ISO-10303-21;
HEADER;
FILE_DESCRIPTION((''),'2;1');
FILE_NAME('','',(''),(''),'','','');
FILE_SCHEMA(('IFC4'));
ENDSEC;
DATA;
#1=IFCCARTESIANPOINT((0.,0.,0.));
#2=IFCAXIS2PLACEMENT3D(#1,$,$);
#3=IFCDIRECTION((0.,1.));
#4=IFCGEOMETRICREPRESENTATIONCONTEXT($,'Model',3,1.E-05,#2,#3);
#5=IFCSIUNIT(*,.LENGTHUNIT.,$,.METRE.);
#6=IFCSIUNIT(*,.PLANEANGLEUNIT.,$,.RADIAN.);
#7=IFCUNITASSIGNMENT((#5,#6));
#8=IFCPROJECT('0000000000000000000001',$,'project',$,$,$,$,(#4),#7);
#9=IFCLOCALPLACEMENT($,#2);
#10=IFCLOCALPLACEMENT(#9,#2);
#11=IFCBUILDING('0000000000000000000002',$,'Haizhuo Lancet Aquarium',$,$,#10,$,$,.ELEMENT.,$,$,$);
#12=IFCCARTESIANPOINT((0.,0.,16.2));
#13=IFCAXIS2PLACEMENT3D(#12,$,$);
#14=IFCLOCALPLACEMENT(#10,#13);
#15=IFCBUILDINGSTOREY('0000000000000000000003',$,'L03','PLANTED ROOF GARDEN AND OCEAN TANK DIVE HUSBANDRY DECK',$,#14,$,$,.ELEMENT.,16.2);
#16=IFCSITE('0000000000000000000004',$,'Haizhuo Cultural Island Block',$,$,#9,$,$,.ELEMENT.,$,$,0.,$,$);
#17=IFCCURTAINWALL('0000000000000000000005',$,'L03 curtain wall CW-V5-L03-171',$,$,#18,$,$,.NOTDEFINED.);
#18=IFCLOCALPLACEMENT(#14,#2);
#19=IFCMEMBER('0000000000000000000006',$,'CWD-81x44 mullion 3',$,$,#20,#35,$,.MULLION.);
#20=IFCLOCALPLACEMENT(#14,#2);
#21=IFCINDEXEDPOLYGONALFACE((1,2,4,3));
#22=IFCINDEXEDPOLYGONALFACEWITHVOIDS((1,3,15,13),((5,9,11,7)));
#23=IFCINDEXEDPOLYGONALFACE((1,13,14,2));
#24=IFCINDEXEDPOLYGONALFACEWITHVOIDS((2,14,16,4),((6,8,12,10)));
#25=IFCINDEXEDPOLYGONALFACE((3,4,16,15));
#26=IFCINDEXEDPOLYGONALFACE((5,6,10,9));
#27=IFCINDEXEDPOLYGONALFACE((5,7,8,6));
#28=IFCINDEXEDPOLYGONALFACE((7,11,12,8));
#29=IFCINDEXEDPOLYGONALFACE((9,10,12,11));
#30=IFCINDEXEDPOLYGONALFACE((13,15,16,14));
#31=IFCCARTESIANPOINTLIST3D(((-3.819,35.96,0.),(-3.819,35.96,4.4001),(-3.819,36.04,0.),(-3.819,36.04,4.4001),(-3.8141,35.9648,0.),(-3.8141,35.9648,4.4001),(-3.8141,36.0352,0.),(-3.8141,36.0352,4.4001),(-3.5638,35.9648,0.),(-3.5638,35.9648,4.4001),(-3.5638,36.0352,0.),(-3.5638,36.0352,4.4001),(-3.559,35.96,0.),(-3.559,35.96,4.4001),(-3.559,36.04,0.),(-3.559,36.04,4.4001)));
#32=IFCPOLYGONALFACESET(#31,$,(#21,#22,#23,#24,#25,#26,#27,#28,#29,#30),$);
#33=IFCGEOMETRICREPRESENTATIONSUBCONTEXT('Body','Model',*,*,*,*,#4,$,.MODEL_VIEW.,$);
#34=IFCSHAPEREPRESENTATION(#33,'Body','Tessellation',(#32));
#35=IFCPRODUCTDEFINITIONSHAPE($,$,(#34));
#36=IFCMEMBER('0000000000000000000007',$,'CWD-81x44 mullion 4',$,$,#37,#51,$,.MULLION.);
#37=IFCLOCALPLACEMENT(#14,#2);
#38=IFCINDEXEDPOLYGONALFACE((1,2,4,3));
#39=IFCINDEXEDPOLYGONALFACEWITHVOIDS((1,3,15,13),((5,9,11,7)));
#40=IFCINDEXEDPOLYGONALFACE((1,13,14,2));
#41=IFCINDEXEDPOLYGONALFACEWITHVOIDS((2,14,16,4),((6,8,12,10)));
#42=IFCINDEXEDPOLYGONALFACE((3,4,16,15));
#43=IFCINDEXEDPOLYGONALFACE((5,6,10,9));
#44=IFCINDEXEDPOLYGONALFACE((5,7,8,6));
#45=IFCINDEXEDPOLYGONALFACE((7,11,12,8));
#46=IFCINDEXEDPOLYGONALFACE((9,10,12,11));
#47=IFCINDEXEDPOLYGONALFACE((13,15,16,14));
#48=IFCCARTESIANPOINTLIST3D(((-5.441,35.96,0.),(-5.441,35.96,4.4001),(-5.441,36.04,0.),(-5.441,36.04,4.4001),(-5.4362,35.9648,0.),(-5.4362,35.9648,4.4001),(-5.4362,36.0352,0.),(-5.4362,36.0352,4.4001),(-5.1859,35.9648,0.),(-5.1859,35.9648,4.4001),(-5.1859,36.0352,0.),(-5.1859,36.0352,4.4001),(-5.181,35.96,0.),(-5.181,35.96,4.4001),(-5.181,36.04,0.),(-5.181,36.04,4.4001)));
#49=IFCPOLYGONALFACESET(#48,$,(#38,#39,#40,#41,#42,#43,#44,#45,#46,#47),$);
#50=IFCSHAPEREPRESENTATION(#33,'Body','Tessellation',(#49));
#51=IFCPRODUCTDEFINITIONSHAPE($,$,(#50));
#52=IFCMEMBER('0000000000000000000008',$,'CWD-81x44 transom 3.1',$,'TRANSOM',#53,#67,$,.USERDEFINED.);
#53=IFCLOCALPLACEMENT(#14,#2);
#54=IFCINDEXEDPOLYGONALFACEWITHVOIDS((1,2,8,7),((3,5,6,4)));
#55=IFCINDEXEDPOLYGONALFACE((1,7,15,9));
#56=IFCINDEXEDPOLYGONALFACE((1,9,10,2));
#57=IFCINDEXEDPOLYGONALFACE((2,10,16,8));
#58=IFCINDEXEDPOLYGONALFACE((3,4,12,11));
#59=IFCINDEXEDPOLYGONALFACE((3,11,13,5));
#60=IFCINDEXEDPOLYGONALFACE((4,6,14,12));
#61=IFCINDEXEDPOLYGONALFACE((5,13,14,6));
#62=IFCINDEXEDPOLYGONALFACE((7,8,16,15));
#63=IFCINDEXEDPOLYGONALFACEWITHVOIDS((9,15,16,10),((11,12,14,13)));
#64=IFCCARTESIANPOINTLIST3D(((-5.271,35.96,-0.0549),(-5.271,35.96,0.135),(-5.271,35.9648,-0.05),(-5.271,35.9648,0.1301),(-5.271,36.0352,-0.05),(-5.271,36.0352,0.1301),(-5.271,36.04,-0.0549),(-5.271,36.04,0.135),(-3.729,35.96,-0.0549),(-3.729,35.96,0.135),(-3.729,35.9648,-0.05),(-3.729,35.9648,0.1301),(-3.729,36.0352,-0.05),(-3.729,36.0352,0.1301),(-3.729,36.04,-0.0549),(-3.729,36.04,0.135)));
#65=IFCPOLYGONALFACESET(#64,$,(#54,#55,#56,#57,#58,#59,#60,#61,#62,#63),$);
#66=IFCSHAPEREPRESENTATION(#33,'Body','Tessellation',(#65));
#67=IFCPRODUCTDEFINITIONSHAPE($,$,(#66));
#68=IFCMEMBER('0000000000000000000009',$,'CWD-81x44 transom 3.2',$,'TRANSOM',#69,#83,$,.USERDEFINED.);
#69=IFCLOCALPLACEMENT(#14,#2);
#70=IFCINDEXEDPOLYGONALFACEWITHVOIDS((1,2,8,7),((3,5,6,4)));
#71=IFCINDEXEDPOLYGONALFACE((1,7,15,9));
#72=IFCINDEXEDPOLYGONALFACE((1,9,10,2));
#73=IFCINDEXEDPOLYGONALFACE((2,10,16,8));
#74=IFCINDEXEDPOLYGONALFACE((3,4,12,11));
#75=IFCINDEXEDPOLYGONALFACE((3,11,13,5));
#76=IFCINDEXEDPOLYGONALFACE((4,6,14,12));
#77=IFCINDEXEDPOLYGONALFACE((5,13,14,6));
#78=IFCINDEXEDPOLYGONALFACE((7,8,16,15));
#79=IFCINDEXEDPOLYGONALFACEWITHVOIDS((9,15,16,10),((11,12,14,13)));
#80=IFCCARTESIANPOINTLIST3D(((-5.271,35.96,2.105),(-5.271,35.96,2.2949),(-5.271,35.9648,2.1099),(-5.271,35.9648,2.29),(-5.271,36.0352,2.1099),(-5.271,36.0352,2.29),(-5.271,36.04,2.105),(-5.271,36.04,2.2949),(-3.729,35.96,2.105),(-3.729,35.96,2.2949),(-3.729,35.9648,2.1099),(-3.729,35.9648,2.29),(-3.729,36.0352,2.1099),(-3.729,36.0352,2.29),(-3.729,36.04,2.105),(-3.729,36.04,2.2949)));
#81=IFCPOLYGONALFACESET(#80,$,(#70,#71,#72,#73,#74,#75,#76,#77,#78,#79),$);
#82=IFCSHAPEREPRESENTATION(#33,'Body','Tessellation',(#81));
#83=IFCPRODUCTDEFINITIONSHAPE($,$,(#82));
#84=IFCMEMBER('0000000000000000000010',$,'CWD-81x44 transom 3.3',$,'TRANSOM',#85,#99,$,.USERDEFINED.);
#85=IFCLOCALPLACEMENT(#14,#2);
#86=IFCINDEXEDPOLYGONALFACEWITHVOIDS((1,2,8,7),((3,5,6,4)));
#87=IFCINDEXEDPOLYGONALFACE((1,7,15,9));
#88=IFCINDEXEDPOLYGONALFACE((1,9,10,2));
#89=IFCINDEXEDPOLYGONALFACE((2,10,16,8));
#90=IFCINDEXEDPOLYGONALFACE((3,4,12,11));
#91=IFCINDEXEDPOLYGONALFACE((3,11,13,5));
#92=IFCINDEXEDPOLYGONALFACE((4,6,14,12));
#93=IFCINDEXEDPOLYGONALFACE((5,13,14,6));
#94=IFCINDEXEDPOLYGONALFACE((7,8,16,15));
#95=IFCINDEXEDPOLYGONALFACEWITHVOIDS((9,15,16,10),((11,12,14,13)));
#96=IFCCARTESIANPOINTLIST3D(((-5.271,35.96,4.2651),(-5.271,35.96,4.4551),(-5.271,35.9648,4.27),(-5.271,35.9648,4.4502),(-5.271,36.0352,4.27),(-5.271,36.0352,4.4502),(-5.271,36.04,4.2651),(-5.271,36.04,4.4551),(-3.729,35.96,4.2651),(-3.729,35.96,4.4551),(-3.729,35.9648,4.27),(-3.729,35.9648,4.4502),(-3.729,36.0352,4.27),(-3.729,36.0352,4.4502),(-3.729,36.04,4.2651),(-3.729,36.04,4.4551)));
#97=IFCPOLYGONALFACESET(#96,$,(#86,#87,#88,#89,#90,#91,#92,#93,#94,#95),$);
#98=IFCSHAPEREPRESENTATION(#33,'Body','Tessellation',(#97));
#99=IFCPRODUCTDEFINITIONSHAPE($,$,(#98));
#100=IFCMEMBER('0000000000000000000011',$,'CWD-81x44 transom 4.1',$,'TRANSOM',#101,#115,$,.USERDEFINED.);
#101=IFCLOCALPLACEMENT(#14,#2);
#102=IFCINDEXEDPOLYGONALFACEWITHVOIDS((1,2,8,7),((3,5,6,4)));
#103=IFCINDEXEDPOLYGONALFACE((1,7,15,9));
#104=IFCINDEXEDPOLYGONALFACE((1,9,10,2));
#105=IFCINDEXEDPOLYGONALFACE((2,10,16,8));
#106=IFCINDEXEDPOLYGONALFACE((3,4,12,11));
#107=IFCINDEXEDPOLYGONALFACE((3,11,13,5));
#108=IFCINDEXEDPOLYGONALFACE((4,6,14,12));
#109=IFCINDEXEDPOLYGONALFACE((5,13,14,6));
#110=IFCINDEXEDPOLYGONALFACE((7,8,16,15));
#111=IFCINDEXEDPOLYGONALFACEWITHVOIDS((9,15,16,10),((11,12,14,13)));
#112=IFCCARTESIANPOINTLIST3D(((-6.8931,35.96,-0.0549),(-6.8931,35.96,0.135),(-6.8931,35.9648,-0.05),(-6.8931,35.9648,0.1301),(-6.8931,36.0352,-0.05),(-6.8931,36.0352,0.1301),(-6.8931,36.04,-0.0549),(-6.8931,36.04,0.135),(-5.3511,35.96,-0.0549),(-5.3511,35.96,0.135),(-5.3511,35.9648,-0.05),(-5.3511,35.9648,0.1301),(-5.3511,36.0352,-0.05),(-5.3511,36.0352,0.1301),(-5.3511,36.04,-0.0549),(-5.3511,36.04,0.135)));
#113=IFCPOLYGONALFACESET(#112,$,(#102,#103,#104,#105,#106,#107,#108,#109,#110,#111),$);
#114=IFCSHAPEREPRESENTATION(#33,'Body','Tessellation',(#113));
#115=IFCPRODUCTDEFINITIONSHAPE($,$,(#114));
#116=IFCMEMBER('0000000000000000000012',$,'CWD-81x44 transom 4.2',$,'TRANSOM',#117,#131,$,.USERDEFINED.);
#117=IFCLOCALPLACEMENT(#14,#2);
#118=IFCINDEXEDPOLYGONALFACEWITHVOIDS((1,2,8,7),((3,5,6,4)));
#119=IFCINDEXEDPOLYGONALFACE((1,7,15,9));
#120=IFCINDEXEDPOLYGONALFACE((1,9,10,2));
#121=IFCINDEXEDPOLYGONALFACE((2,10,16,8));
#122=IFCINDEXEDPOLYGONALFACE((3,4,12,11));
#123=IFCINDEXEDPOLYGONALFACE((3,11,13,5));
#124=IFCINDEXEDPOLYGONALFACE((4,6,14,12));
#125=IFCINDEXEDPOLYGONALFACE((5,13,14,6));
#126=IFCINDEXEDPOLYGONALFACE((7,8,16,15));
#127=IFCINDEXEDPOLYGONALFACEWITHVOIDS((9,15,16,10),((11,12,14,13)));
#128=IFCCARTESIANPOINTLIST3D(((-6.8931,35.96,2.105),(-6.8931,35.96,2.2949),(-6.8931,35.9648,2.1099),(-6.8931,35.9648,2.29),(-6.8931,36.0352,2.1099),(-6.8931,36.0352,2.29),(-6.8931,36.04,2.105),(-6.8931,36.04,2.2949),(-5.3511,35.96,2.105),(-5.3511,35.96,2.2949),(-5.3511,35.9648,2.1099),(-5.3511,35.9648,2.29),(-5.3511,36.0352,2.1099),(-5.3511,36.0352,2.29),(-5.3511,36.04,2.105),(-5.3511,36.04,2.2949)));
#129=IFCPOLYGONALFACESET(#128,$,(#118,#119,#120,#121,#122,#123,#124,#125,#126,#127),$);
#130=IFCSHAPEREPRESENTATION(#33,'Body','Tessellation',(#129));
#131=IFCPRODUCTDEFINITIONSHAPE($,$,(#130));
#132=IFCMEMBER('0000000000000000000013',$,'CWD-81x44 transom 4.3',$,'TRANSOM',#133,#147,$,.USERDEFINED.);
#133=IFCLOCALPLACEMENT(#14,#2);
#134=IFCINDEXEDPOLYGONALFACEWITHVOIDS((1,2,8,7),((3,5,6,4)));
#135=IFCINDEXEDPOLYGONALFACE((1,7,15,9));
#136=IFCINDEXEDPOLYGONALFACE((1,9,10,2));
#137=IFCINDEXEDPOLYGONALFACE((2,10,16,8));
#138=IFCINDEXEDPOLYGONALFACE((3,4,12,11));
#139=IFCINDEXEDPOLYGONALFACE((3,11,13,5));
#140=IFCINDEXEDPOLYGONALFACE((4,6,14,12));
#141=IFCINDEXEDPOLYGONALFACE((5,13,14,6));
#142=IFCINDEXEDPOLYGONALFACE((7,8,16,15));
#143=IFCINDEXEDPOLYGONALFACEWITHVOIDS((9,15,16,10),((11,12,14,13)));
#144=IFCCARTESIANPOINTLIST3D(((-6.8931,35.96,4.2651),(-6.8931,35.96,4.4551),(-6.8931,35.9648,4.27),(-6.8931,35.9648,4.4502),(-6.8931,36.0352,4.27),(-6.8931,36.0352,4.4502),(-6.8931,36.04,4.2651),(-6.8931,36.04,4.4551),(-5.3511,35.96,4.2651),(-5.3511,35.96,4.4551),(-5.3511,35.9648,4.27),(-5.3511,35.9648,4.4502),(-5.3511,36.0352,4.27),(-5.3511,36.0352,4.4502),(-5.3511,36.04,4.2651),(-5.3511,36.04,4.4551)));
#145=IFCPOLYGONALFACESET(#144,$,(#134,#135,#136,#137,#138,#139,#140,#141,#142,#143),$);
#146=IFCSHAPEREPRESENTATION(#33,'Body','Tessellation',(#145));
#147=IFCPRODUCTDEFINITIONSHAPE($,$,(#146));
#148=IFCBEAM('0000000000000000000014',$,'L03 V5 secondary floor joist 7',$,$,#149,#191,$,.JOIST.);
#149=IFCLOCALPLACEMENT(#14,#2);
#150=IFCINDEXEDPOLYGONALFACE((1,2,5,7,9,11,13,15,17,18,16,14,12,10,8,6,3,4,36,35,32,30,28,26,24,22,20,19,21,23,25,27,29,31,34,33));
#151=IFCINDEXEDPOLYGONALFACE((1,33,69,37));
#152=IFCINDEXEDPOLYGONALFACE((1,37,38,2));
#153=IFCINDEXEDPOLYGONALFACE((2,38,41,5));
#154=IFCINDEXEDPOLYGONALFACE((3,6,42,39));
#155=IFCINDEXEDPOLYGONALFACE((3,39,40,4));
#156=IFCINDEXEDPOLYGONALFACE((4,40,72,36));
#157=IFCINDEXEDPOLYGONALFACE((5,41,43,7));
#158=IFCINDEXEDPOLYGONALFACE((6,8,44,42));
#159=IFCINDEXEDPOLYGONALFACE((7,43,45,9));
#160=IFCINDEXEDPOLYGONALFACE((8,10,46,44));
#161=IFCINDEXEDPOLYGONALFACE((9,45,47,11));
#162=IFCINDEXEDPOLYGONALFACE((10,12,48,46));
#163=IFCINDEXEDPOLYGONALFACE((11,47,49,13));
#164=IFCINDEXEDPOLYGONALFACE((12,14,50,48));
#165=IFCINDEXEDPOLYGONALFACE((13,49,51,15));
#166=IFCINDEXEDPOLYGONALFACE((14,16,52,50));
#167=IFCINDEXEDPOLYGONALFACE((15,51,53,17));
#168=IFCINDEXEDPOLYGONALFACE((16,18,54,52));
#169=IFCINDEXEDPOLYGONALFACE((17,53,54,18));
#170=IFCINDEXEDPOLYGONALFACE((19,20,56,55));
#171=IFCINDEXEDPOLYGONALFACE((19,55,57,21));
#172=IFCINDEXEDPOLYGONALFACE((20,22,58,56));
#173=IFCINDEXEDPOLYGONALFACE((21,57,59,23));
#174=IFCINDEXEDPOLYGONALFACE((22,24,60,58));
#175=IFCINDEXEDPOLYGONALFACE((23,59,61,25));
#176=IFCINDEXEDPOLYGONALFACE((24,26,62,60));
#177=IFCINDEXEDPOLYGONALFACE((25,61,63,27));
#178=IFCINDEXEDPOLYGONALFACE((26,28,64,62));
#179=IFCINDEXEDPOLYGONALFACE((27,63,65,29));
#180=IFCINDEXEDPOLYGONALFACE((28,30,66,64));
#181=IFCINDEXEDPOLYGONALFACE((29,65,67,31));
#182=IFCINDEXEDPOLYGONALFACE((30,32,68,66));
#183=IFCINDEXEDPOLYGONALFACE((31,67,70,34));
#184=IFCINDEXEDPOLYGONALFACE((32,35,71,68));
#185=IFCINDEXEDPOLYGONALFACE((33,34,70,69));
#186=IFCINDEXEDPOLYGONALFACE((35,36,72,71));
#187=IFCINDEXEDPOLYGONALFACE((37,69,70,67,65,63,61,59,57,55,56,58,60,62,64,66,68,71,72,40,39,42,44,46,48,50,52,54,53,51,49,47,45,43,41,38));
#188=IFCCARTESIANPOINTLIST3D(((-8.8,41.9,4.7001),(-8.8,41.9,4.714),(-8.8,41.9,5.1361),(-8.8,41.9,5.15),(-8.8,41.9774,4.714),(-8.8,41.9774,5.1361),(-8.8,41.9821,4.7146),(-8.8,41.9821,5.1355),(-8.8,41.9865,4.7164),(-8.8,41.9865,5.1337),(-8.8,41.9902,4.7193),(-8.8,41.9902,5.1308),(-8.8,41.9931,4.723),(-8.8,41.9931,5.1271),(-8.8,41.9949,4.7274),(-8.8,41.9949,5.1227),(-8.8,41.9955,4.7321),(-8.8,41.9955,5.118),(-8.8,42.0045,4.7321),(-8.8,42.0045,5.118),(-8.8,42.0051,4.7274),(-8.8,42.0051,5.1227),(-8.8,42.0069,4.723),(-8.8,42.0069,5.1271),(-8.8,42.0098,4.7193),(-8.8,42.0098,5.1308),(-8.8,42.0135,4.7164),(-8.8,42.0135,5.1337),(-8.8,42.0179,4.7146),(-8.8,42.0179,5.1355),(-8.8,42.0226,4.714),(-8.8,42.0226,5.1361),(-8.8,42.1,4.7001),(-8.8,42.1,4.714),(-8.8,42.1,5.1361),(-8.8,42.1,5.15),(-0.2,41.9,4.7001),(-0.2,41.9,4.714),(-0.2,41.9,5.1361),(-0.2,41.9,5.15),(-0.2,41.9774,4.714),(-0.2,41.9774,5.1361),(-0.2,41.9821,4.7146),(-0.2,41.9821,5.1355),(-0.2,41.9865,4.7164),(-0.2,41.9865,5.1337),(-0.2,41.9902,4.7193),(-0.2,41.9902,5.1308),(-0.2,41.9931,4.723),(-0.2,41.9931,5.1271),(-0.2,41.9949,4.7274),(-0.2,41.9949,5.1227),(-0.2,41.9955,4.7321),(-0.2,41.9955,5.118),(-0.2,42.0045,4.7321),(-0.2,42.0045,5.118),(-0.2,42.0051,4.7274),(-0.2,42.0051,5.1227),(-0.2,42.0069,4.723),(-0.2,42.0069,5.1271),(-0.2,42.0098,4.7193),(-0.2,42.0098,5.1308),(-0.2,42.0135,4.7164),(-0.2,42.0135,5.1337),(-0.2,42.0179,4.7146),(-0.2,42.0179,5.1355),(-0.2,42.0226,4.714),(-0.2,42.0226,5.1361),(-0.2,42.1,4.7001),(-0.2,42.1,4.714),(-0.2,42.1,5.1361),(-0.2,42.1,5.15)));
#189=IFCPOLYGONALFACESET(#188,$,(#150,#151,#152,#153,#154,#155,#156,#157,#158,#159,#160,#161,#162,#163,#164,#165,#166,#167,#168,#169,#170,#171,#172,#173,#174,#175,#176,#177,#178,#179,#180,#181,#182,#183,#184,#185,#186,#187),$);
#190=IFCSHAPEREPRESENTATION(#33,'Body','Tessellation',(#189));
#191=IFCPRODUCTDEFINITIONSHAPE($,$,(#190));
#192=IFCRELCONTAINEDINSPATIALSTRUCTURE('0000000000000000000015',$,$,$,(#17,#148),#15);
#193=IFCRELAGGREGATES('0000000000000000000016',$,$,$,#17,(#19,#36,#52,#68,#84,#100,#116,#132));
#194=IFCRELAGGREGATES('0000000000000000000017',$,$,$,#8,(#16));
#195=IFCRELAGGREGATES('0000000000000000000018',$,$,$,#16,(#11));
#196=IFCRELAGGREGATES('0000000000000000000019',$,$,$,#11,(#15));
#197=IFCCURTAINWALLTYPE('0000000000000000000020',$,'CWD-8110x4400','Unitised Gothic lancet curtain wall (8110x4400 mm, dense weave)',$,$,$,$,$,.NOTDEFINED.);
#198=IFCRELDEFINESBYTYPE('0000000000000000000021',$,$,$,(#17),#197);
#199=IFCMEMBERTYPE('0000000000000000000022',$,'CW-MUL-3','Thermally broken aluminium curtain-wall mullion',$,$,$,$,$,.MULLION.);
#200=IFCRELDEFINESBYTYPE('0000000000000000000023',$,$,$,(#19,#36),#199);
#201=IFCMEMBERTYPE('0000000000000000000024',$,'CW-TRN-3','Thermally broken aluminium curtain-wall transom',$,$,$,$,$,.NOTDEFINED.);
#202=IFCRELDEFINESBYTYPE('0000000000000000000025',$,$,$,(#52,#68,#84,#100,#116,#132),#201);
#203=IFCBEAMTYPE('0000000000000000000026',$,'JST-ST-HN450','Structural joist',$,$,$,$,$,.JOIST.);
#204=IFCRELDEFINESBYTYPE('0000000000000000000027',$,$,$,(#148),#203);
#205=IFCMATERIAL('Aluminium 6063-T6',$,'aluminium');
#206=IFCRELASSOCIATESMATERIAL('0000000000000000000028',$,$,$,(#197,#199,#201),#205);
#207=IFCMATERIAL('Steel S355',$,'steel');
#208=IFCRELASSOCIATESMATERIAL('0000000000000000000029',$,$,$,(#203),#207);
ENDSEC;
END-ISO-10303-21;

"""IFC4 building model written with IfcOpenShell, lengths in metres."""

from ifc_helpers import new_model, si_unit, direction, frame, origin, origin_2d, place, context, subcontext, project, spatial, hollow_rectangle, i_section, extrude, material, material_profile, profile_set, type_object, element, aggregate, save


model = new_model("IFC4")

# Units and contexts
model_context = context("Model", 3, precision=1e-05, world=origin(), true_north=direction((0.0, 1.0)))
body_context = subcontext(model_context, "Body", "Model", "MODEL_VIEW")
ifc_project = project(units=[si_unit("LENGTHUNIT", "METRE"), si_unit("PLANEANGLEUNIT", "RADIAN")], contexts=[model_context])

# Site, building, storey
site_placement = place(None, origin())
site = spatial("IfcSite", under=ifc_project, at=site_placement, Name="Haizhuo Cultural Island Block", CompositionType="ELEMENT", RefElevation=0.0)
building_placement = place(site_placement, origin())
building = spatial("IfcBuilding", under=site, at=building_placement, Name="Haizhuo Lancet Aquarium", CompositionType="ELEMENT")
storey_placement = place(building_placement, frame((0.0, 0.0, 16.2)))
storey = spatial("IfcBuildingStorey", under=building, at=storey_placement, Name="L03", Description="PLANTED ROOF GARDEN AND OCEAN TANK DIVE HUSBANDRY DECK", CompositionType="ELEMENT", Elevation=16.2)

# Curtain wall, members
ifc_material_1 = material(Name="Aluminium 6063-T6", Category="aluminium")
curtain_wall_type = type_object("IfcCurtainWallType", Name="CWD-8110x4400", Description="Unitised Gothic lancet curtain wall (8110x4400 mm, dense weave)", PredefinedType="NOTDEFINED", material=ifc_material_1)
curtain_wall_placement = place(storey_placement, origin())
curtain_wall = element("IfcCurtainWall", 1, at=curtain_wall_placement, inside=storey, type_object=curtain_wall_type, Name="L03 curtain wall CW-V5-L03-171", PredefinedType="NOTDEFINED")
ifc_material_profile_1 = material_profile(ifc_material_1, hollow_rectangle(XDim=0.0801, YDim=0.26, WallThickness=0.0049, at=origin_2d()), Name="ALU-M 80x260x5")
ifc_profile_set_1 = profile_set([ifc_material_profile_1], Name="Aluminium 6063-T6")
member_type_1 = type_object("IfcMemberType", Name="CW-MUL-3", Description="Thermally broken aluminium curtain-wall mullion", PredefinedType="MULLION", material=ifc_profile_set_1)
member_1_placement = place(storey_placement, frame((-3.689, 36.0, 0.0), z_axis=(0.0, 0.0, 1.0), x_axis=(0.0, -1.0, 0.0)))
member_1 = element("IfcMember", 2, at=member_1_placement, type_object=member_type_1, Name="CWD-81x44 mullion 3", PredefinedType="MULLION", context=body_context, shape_type="SweptSolid", body=[
    extrude(hollow_rectangle(XDim=0.0801, YDim=0.26, WallThickness=0.0049, at=origin_2d()), origin(), (0.0, 0.0, 1.0), 4.4001),
])
member_2_placement = place(storey_placement, frame((-5.311, 36.0, 0.0), z_axis=(0.0, 0.0, 1.0), x_axis=(0.0, -1.0, 0.0)))
member_2 = element("IfcMember", 3, at=member_2_placement, type_object=member_type_1, Name="CWD-81x44 mullion 4", PredefinedType="MULLION", context=body_context, shape_type="SweptSolid", body=[
    extrude(hollow_rectangle(XDim=0.0801, YDim=0.26, WallThickness=0.0049, at=origin_2d()), origin(), (0.0, 0.0, 1.0), 4.4001),
])
ifc_material_profile_2 = material_profile(ifc_material_1, hollow_rectangle(XDim=0.0801, YDim=0.1899, WallThickness=0.0049, at=origin_2d()), Name="ALU-T 80x190x5")
ifc_profile_set_2 = profile_set([ifc_material_profile_2], Name="Aluminium 6063-T6")
member_type_2 = type_object("IfcMemberType", Name="CW-TRN-3", Description="Thermally broken aluminium curtain-wall transom", PredefinedType="NOTDEFINED", material=ifc_profile_set_2)
member_3_placement = place(storey_placement, frame((-3.729, 36.0, 0.04), z_axis=(-1.0, 0.0, 0.0), x_axis=(0.0, -1.0, 0.0)))
member_3 = element("IfcMember", 4, at=member_3_placement, type_object=member_type_2, Name="CWD-81x44 transom 3.1", ObjectType="TRANSOM", PredefinedType="USERDEFINED", context=body_context, shape_type="SweptSolid", body=[
    extrude(hollow_rectangle(XDim=0.0801, YDim=0.1899, WallThickness=0.0049, at=origin_2d()), origin(), (0.0, 0.0, 1.0), 1.542),
])
member_4_placement = place(storey_placement, frame((-3.729, 36.0, 2.2), z_axis=(-1.0, 0.0, 0.0), x_axis=(0.0, -1.0, 0.0)))
member_4 = element("IfcMember", 5, at=member_4_placement, type_object=member_type_2, Name="CWD-81x44 transom 3.2", ObjectType="TRANSOM", PredefinedType="USERDEFINED", context=body_context, shape_type="SweptSolid", body=[
    extrude(hollow_rectangle(XDim=0.0801, YDim=0.1899, WallThickness=0.0049, at=origin_2d()), origin(), (0.0, 0.0, 1.0), 1.542),
])
member_5_placement = place(storey_placement, frame((-3.729, 36.0, 4.3601), z_axis=(-1.0, 0.0, 0.0), x_axis=(0.0, -1.0, 0.0)))
member_5 = element("IfcMember", 6, at=member_5_placement, type_object=member_type_2, Name="CWD-81x44 transom 3.3", ObjectType="TRANSOM", PredefinedType="USERDEFINED", context=body_context, shape_type="SweptSolid", body=[
    extrude(hollow_rectangle(XDim=0.0801, YDim=0.1899, WallThickness=0.0049, at=origin_2d()), origin(), (0.0, 0.0, 1.0), 1.542),
])
member_6_placement = place(storey_placement, frame((-5.3511, 36.0, 0.04), z_axis=(-1.0, 0.0, 0.0), x_axis=(0.0, -1.0, 0.0)))
member_6 = element("IfcMember", 7, at=member_6_placement, type_object=member_type_2, Name="CWD-81x44 transom 4.1", ObjectType="TRANSOM", PredefinedType="USERDEFINED", context=body_context, shape_type="SweptSolid", body=[
    extrude(hollow_rectangle(XDim=0.0801, YDim=0.1899, WallThickness=0.0049, at=origin_2d()), origin(), (0.0, 0.0, 1.0), 1.542),
])
member_7_placement = place(storey_placement, frame((-5.3511, 36.0, 2.2), z_axis=(-1.0, 0.0, 0.0), x_axis=(0.0, -1.0, 0.0)))
member_7 = element("IfcMember", 8, at=member_7_placement, type_object=member_type_2, Name="CWD-81x44 transom 4.2", ObjectType="TRANSOM", PredefinedType="USERDEFINED", context=body_context, shape_type="SweptSolid", body=[
    extrude(hollow_rectangle(XDim=0.0801, YDim=0.1899, WallThickness=0.0049, at=origin_2d()), origin(), (0.0, 0.0, 1.0), 1.542),
])
member_8_placement = place(storey_placement, frame((-5.3511, 36.0, 4.3601), z_axis=(-1.0, 0.0, 0.0), x_axis=(0.0, -1.0, 0.0)))
member_8 = element("IfcMember", 9, at=member_8_placement, type_object=member_type_2, Name="CWD-81x44 transom 4.3", ObjectType="TRANSOM", PredefinedType="USERDEFINED", context=body_context, shape_type="SweptSolid", body=[
    extrude(hollow_rectangle(XDim=0.0801, YDim=0.1899, WallThickness=0.0049, at=origin_2d()), origin(), (0.0, 0.0, 1.0), 1.542),
])

# Beam
ifc_material_2 = material(Name="Steel S355", Category="steel")
ifc_material_profile_3 = material_profile(ifc_material_2, i_section(OverallWidth=0.2, OverallDepth=0.45, WebThickness=0.009, FlangeThickness=0.0139, FilletRadius=0.0181, at=origin_2d()), Name="HN 450x200x9x14")
ifc_profile_set_3 = profile_set([ifc_material_profile_3], Name="Steel S355")
beam_type_1 = type_object("IfcBeamType", Name="JST-ST-HN450", Description="Structural joist", PredefinedType="JOIST", material=ifc_profile_set_3)
beam_1_placement = place(storey_placement, frame((-8.8, 42.0, 4.925), z_axis=(1.0, 0.0, 0.0), x_axis=(0.0, 1.0, 0.0)))
element("IfcBeam", 10, at=beam_1_placement, inside=storey, type_object=beam_type_1, Name="L03 V5 secondary floor joist 7", PredefinedType="JOIST", context=body_context, shape_type="SweptSolid", body=[
    extrude(i_section(OverallWidth=0.2, OverallDepth=0.45, WebThickness=0.009, FlangeThickness=0.0139, FilletRadius=0.0181, at=origin_2d()), origin(), (0.0, 0.0, 1.0), 8.6001),
])

aggregate(curtain_wall, [member_1, member_2, member_3, member_4, member_5, member_6, member_7, member_8])

save(model, "model.ifc")
